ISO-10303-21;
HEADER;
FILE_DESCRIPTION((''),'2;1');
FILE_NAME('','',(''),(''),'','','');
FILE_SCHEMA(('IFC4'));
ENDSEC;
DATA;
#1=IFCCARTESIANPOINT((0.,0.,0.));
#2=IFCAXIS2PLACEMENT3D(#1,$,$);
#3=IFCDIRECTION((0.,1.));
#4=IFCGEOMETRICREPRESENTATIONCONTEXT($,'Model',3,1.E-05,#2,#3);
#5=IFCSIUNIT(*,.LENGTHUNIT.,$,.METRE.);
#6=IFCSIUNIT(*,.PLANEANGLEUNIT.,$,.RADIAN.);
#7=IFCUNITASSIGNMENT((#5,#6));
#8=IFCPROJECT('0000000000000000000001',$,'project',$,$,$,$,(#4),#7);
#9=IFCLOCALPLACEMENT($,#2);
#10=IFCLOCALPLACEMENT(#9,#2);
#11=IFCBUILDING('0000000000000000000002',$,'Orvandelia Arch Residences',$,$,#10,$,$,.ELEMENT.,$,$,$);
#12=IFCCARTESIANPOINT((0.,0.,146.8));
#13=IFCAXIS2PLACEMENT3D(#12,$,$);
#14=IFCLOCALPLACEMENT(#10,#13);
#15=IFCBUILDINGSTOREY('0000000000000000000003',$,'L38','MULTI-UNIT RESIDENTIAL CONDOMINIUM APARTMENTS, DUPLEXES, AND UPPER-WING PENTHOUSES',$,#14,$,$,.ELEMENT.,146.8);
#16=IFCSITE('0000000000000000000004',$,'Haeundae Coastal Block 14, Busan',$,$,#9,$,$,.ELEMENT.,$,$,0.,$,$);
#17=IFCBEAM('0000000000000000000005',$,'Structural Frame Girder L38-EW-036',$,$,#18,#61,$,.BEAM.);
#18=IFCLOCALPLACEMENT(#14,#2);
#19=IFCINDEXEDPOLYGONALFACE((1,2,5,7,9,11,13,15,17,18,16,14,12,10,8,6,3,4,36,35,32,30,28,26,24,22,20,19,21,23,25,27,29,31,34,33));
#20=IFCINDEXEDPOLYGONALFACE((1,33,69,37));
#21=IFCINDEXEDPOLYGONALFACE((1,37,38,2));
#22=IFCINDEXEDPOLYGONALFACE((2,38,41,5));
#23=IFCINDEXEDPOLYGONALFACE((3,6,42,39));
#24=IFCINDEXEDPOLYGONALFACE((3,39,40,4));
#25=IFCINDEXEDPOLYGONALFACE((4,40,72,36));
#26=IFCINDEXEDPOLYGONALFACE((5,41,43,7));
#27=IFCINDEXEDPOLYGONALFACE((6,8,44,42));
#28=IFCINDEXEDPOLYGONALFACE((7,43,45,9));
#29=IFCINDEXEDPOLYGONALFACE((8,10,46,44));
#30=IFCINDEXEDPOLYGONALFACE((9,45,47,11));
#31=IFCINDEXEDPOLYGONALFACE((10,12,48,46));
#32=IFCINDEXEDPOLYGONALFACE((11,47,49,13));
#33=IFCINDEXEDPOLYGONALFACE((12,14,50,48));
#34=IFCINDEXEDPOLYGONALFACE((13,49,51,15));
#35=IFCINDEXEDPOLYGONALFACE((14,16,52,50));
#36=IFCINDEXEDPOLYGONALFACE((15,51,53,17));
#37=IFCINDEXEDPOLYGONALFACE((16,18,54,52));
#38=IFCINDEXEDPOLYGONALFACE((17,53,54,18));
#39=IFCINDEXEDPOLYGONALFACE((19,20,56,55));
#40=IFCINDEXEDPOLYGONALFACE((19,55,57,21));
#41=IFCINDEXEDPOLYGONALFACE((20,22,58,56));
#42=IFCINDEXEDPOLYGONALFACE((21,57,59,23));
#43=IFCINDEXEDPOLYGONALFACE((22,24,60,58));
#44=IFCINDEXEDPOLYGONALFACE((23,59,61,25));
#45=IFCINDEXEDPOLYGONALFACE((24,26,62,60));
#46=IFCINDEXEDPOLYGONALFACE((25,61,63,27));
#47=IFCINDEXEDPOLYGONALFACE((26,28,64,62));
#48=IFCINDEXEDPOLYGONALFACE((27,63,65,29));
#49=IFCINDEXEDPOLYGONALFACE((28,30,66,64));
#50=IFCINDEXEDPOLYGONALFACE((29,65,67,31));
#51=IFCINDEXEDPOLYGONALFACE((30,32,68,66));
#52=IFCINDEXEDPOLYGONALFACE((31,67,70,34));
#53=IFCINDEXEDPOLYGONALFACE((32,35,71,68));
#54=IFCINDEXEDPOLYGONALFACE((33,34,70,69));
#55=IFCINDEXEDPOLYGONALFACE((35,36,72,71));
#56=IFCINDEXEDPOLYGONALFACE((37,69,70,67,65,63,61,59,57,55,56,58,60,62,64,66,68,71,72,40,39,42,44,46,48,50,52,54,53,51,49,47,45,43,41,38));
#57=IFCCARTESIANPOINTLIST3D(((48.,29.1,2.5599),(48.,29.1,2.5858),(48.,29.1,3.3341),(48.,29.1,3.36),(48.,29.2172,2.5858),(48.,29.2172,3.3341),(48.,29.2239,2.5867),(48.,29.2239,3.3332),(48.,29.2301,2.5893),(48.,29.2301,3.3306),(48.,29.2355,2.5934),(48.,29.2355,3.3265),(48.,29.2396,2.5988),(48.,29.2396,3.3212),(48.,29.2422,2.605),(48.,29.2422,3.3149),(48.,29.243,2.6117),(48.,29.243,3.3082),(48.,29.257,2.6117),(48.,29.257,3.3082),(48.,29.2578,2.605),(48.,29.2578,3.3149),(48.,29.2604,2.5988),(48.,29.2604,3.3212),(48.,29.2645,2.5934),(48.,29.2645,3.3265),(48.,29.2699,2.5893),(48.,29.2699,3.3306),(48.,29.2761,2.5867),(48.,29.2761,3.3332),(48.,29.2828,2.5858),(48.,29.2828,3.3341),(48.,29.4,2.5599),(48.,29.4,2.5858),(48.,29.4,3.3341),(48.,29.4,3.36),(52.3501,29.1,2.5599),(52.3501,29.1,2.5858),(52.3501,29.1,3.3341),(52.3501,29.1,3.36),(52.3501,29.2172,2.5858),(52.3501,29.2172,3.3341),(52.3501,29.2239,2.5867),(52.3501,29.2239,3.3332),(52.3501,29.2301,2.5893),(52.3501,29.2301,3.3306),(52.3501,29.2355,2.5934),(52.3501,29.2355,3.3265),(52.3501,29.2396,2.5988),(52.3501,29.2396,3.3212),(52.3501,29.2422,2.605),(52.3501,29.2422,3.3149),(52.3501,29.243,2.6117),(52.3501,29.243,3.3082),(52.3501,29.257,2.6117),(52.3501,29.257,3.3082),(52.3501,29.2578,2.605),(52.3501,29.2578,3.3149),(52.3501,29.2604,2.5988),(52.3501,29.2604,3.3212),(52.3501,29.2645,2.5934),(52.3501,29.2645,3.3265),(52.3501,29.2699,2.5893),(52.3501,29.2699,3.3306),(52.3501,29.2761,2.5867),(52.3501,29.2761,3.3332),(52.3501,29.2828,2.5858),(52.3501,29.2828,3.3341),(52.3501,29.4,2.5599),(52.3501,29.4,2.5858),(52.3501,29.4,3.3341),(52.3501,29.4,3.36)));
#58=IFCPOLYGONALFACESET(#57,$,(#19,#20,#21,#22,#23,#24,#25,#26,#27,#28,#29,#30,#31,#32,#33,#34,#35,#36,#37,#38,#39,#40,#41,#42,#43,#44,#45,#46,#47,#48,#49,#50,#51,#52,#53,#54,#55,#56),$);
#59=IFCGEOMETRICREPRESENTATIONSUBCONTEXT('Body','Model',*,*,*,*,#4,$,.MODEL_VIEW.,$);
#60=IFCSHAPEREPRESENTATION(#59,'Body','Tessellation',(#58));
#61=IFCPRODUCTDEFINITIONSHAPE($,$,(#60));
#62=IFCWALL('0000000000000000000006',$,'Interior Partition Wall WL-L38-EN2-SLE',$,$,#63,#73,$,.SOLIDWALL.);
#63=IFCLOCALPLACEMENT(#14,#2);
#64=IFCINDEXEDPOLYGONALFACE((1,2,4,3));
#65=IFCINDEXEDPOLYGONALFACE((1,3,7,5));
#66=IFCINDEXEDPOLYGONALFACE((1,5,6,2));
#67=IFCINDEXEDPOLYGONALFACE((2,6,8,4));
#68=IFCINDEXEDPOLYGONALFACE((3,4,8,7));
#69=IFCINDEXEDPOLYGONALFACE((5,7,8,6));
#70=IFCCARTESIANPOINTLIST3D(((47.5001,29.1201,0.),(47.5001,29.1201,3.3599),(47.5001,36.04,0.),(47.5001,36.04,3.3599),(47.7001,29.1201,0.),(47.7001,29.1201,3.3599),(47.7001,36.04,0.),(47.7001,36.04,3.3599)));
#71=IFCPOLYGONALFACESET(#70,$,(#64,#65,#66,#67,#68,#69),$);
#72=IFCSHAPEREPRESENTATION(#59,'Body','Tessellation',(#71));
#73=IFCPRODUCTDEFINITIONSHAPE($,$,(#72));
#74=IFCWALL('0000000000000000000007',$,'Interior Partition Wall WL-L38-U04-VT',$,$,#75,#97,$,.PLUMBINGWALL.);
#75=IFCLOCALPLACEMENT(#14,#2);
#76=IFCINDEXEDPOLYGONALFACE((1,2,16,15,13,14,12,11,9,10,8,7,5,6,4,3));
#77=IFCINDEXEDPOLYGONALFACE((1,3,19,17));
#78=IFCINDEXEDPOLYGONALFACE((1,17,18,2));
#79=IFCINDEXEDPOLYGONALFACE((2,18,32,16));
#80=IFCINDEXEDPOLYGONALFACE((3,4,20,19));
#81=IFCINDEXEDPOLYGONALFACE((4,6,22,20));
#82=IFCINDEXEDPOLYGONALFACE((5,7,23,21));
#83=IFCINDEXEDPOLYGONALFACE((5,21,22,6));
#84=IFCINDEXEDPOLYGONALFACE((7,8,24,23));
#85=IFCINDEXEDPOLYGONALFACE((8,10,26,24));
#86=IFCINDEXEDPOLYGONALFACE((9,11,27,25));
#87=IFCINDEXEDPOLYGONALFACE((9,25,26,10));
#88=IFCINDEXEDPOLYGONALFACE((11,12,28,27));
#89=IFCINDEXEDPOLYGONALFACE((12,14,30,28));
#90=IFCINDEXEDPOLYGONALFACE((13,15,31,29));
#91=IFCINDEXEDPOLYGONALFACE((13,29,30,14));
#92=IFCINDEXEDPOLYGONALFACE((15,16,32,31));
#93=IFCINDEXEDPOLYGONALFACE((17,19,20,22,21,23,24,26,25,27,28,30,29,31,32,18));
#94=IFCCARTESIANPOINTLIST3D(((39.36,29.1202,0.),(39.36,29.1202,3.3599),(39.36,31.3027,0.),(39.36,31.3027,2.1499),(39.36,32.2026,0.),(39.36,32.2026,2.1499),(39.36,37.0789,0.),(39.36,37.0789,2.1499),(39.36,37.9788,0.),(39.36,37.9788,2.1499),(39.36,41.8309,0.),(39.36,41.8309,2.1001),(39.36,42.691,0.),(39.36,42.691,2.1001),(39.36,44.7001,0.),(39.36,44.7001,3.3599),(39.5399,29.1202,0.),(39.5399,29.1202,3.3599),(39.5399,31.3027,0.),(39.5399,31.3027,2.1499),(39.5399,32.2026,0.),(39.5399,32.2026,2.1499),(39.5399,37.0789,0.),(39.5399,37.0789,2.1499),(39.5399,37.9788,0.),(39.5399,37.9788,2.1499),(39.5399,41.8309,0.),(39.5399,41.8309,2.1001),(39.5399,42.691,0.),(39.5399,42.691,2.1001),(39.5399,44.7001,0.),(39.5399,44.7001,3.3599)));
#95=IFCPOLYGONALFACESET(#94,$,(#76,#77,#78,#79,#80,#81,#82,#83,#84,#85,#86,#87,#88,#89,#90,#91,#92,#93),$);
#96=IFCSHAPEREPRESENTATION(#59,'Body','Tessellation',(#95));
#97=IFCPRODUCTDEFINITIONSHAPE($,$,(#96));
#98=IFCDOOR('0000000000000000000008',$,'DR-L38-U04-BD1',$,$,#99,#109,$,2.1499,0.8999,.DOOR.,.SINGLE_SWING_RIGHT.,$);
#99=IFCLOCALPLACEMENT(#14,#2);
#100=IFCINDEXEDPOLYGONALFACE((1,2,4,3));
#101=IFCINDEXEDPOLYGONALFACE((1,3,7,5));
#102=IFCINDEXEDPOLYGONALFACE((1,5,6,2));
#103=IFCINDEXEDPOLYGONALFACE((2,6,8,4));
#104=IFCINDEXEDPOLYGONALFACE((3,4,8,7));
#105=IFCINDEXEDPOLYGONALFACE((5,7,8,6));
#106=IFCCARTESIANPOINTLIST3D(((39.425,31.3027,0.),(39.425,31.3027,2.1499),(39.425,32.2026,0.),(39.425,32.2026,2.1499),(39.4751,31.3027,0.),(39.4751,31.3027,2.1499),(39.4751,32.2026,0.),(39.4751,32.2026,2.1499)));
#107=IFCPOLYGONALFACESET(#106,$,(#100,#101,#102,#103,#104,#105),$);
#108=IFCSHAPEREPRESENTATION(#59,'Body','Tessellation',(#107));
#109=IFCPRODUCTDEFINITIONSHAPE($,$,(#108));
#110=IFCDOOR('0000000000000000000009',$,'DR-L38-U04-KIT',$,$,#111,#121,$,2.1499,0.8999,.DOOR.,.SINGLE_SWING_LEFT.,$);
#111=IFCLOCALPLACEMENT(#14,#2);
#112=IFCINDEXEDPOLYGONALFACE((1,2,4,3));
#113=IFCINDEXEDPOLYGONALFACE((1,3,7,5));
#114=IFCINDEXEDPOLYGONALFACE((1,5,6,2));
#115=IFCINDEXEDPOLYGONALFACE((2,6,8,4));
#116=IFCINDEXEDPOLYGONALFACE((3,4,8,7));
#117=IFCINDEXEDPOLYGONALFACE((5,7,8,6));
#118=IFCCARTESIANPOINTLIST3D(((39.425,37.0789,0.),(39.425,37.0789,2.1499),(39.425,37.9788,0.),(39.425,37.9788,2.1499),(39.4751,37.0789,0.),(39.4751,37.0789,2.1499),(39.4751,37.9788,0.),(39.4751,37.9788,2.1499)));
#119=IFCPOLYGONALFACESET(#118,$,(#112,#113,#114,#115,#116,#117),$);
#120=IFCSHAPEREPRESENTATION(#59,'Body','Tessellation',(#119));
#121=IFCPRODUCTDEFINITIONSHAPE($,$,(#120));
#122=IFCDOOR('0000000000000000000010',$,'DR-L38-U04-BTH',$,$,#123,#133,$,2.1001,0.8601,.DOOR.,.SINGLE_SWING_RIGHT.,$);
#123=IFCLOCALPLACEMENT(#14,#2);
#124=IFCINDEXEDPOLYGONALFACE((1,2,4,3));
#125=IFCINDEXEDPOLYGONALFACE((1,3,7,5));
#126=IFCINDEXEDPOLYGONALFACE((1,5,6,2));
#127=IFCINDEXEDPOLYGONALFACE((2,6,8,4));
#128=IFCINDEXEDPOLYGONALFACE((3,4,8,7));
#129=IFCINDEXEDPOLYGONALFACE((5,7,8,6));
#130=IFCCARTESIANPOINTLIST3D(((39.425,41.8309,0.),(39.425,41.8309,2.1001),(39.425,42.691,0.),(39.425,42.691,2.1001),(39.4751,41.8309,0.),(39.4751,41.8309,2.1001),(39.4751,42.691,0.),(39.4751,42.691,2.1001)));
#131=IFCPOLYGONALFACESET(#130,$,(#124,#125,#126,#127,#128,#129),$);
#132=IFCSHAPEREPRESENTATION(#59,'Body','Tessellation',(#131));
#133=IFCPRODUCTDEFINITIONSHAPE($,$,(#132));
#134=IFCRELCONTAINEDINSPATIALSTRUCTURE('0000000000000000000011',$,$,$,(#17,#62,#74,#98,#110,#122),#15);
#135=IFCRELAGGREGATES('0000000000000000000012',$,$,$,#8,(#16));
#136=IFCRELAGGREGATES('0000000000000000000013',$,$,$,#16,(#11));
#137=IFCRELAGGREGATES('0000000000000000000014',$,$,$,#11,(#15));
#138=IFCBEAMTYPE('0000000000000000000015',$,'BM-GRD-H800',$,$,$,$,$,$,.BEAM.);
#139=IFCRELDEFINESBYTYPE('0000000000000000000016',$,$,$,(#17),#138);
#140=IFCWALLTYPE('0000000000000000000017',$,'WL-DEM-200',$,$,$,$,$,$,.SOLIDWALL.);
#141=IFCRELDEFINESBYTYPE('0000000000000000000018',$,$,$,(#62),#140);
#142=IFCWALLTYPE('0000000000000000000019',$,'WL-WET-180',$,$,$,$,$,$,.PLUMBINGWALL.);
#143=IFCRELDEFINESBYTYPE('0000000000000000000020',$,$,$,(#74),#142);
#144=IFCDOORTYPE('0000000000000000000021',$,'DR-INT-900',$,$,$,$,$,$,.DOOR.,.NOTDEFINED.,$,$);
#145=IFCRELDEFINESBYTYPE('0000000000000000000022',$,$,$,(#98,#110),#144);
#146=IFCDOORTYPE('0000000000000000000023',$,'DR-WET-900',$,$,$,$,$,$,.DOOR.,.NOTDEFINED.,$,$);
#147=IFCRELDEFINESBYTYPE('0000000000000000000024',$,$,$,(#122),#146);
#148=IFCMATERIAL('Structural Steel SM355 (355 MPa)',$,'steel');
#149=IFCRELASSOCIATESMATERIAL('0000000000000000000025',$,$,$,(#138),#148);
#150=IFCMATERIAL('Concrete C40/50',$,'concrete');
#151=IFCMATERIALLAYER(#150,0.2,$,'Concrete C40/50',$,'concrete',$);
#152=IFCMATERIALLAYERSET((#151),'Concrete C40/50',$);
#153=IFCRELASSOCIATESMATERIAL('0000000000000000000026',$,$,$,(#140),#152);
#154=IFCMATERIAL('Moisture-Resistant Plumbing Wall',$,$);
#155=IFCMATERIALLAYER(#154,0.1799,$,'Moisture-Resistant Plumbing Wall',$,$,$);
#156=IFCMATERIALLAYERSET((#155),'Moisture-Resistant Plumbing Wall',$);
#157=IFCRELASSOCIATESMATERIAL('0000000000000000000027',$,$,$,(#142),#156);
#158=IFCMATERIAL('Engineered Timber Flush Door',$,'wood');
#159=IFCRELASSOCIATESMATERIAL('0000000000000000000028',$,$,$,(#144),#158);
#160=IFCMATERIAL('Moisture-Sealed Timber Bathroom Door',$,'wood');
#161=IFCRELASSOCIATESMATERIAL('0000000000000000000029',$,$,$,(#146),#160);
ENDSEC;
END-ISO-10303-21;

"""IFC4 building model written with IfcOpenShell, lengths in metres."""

from ifc_helpers import new_model, si_unit, direction, frame, frame_2d, origin, origin_2d, place, context, subcontext, project, spatial, rectangle, i_section, extrude, material, layer, layer_set, material_profile, profile_set, type_object, element, fill, save


model = new_model("IFC4")

# Units and contexts
model_context = context("Model", 3, precision=1e-05, world=origin(), true_north=direction((0.0, 1.0)))
body_context = subcontext(model_context, "Body", "Model", "MODEL_VIEW")
ifc_project = project(units=[si_unit("LENGTHUNIT", "METRE"), si_unit("PLANEANGLEUNIT", "RADIAN")], contexts=[model_context])

# Site, building, storey
site_placement = place(None, origin())
site = spatial("IfcSite", under=ifc_project, at=site_placement, Name="Haeundae Coastal Block 14, Busan", CompositionType="ELEMENT", RefElevation=0.0)
building_placement = place(site_placement, origin())
building = spatial("IfcBuilding", under=site, at=building_placement, Name="Orvandelia Arch Residences", CompositionType="ELEMENT")
storey_placement = place(building_placement, frame((0.0, 0.0, 146.8)))
storey = spatial("IfcBuildingStorey", under=building, at=storey_placement, Name="L38", Description="MULTI-UNIT RESIDENTIAL CONDOMINIUM APARTMENTS, DUPLEXES, AND UPPER-WING PENTHOUSES", CompositionType="ELEMENT", Elevation=146.8)

# Beam
ifc_material_1 = material(Name="Structural Steel SM355 (355 MPa)", Category="steel")
ifc_material_profile_1 = material_profile(ifc_material_1, i_section(OverallWidth=0.3, OverallDepth=0.8, WebThickness=0.0139, FlangeThickness=0.0259, FilletRadius=0.0259, at=origin_2d()), Name="Structural Steel SM355 (355 MPa)", Category="steel")
ifc_profile_set_1 = profile_set([ifc_material_profile_1], Name="Structural Steel SM355 (355 MPa)")
beam_type = type_object("IfcBeamType", Name="BM-GRD-H800", PredefinedType="BEAM", material=ifc_profile_set_1)
beam_1_placement = place(storey_placement, frame((48.0, 29.25, 2.96), z_axis=(1.0, 0.0, 0.0), x_axis=(0.0, 1.0, 0.0)))
element("IfcBeam", 1, at=beam_1_placement, inside=storey, type_object=beam_type, Name="Structural Frame Girder L38-EW-036", PredefinedType="BEAM", context=body_context, shape_type="SweptSolid", body=[
    extrude(i_section(OverallWidth=0.3, OverallDepth=0.8, WebThickness=0.0139, FlangeThickness=0.0259, FilletRadius=0.0259, at=origin_2d()), origin(), (0.0, 0.0, 1.0), 4.3501),
])

# Wall
ifc_material_2 = material(Name="Concrete C40/50", Category="concrete")
ifc_layer_1 = layer(ifc_material_2, 0.2, Name="Concrete C40/50", Category="concrete")
ifc_layer_set_1 = layer_set([ifc_layer_1], Name="Concrete C40/50")
wall_type_1 = type_object("IfcWallType", Name="WL-DEM-200", PredefinedType="SOLIDWALL", material=ifc_layer_set_1)
wall_1_placement = place(storey_placement, frame((47.6001, 29.1201, 0.0), z_axis=(0.0, 0.0, 1.0), x_axis=(0.0, 1.0, 0.0)))
element("IfcWall", 2, at=wall_1_placement, inside=storey, type_object=wall_type_1, Name="Interior Partition Wall WL-L38-EN2-SLE", PredefinedType="SOLIDWALL", context=body_context, shape_type="SweptSolid", body=[
    extrude(rectangle(XDim=6.9199, YDim=0.2, at=frame_2d((3.46, 0.0))), origin(), (0.0, 0.0, 1.0), 3.3599),
])

# Wall, openings, doors
ifc_material_3 = material(Name="Moisture-Resistant Plumbing Wall")
ifc_layer_2 = layer(ifc_material_3, 0.1799, Name="Moisture-Resistant Plumbing Wall")
ifc_layer_set_2 = layer_set([ifc_layer_2], Name="Moisture-Resistant Plumbing Wall")
wall_type_2 = type_object("IfcWallType", Name="WL-WET-180", PredefinedType="PLUMBINGWALL", material=ifc_layer_set_2)
wall_2_placement = place(storey_placement, frame((39.45, 29.1201, 0.0), z_axis=(0.0, 0.0, 1.0), x_axis=(0.0, 1.0, 0.0)))
wall_2 = element("IfcWall", 3, at=wall_2_placement, inside=storey, type_object=wall_type_2, Name="Interior Partition Wall WL-L38-U04-VT", PredefinedType="PLUMBINGWALL", context=body_context, shape_type="SweptSolid", body=[
    extrude(rectangle(XDim=15.5798, YDim=0.1799, at=frame_2d((7.79, 0.0))), origin(), (0.0, 0.0, 1.0), 3.3599),
])
opening_1_placement = place(wall_2_placement, frame((2.1826, 0.0, 0.0)))
opening_1 = element("IfcOpeningElement", 4, at=opening_1_placement, cuts=wall_2, PredefinedType="OPENING", context=body_context, shape_type="SweptSolid", body=[
    extrude(rectangle(XDim=0.8999, YDim=2.1499, at=frame_2d((0.45, 1.075))), frame((0.0, 0.1001, 0.0), z_axis=(0.0, -1.0, 0.0), x_axis=(1.0, 0.0, 0.0)), (0.0, 0.0, 1.0), 0.2),
])
opening_2_placement = place(wall_2_placement, frame((7.9587, 0.0, 0.0)))
opening_2 = element("IfcOpeningElement", 5, at=opening_2_placement, cuts=wall_2, PredefinedType="OPENING", context=body_context, shape_type="SweptSolid", body=[
    extrude(rectangle(XDim=0.8999, YDim=2.1499, at=frame_2d((0.45, 1.075))), frame((0.0, 0.1001, 0.0), z_axis=(0.0, -1.0, 0.0), x_axis=(1.0, 0.0, 0.0)), (0.0, 0.0, 1.0), 0.2),
])
opening_3_placement = place(wall_2_placement, frame((12.7107, 0.0, 0.0)))
opening_3 = element("IfcOpeningElement", 6, at=opening_3_placement, cuts=wall_2, PredefinedType="OPENING", context=body_context, shape_type="SweptSolid", body=[
    extrude(rectangle(XDim=0.8601, YDim=2.1001, at=frame_2d((0.4302, 1.05))), frame((0.0, 0.1001, 0.0), z_axis=(0.0, -1.0, 0.0), x_axis=(1.0, 0.0, 0.0)), (0.0, 0.0, 1.0), 0.2),
])
ifc_material_4 = material(Name="Engineered Timber Flush Door", Category="wood")
door_type_1 = type_object("IfcDoorType", Name="DR-INT-900", OperationType="NOTDEFINED", PredefinedType="DOOR", material=ifc_material_4)
door_1_placement = place(opening_1_placement, origin())
door_1 = element("IfcDoor", 7, at=door_1_placement, inside=storey, type_object=door_type_1, Name="DR-L38-U04-BD1", OperationType="SINGLE_SWING_RIGHT", OverallHeight=2.1499, OverallWidth=0.8999, PredefinedType="DOOR", context=body_context, shape_type="SweptSolid", body=[
    extrude(rectangle(XDim=0.8999, YDim=2.1499, at=frame_2d((0.45, 1.075))), frame((0.0, 0.0249, 0.0), z_axis=(0.0, -1.0, 0.0), x_axis=(1.0, 0.0, 0.0)), (0.0, 0.0, 1.0), 0.05),
])
fill(opening_1, door_1)
door_2_placement = place(opening_2_placement, origin())
door_2 = element("IfcDoor", 8, at=door_2_placement, inside=storey, type_object=door_type_1, Name="DR-L38-U04-KIT", OperationType="SINGLE_SWING_LEFT", OverallHeight=2.1499, OverallWidth=0.8999, PredefinedType="DOOR", context=body_context, shape_type="SweptSolid", body=[
    extrude(rectangle(XDim=0.8999, YDim=2.1499, at=frame_2d((0.45, 1.075))), frame((0.0, 0.0249, 0.0), z_axis=(0.0, -1.0, 0.0), x_axis=(1.0, 0.0, 0.0)), (0.0, 0.0, 1.0), 0.05),
])
fill(opening_2, door_2)
ifc_material_5 = material(Name="Moisture-Sealed Timber Bathroom Door", Category="wood")
door_type_2 = type_object("IfcDoorType", Name="DR-WET-900", OperationType="NOTDEFINED", PredefinedType="DOOR", material=ifc_material_5)
door_3_placement = place(opening_3_placement, origin())
door_3 = element("IfcDoor", 9, at=door_3_placement, inside=storey, type_object=door_type_2, Name="DR-L38-U04-BTH", OperationType="SINGLE_SWING_RIGHT", OverallHeight=2.1001, OverallWidth=0.8601, PredefinedType="DOOR", context=body_context, shape_type="SweptSolid", body=[
    extrude(rectangle(XDim=0.8601, YDim=2.1001, at=frame_2d((0.4302, 1.05))), frame((0.0, 0.0249, 0.0), z_axis=(0.0, -1.0, 0.0), x_axis=(1.0, 0.0, 0.0)), (0.0, 0.0, 1.0), 0.05),
])
fill(opening_3, door_3)

save(model, "model.ifc")
